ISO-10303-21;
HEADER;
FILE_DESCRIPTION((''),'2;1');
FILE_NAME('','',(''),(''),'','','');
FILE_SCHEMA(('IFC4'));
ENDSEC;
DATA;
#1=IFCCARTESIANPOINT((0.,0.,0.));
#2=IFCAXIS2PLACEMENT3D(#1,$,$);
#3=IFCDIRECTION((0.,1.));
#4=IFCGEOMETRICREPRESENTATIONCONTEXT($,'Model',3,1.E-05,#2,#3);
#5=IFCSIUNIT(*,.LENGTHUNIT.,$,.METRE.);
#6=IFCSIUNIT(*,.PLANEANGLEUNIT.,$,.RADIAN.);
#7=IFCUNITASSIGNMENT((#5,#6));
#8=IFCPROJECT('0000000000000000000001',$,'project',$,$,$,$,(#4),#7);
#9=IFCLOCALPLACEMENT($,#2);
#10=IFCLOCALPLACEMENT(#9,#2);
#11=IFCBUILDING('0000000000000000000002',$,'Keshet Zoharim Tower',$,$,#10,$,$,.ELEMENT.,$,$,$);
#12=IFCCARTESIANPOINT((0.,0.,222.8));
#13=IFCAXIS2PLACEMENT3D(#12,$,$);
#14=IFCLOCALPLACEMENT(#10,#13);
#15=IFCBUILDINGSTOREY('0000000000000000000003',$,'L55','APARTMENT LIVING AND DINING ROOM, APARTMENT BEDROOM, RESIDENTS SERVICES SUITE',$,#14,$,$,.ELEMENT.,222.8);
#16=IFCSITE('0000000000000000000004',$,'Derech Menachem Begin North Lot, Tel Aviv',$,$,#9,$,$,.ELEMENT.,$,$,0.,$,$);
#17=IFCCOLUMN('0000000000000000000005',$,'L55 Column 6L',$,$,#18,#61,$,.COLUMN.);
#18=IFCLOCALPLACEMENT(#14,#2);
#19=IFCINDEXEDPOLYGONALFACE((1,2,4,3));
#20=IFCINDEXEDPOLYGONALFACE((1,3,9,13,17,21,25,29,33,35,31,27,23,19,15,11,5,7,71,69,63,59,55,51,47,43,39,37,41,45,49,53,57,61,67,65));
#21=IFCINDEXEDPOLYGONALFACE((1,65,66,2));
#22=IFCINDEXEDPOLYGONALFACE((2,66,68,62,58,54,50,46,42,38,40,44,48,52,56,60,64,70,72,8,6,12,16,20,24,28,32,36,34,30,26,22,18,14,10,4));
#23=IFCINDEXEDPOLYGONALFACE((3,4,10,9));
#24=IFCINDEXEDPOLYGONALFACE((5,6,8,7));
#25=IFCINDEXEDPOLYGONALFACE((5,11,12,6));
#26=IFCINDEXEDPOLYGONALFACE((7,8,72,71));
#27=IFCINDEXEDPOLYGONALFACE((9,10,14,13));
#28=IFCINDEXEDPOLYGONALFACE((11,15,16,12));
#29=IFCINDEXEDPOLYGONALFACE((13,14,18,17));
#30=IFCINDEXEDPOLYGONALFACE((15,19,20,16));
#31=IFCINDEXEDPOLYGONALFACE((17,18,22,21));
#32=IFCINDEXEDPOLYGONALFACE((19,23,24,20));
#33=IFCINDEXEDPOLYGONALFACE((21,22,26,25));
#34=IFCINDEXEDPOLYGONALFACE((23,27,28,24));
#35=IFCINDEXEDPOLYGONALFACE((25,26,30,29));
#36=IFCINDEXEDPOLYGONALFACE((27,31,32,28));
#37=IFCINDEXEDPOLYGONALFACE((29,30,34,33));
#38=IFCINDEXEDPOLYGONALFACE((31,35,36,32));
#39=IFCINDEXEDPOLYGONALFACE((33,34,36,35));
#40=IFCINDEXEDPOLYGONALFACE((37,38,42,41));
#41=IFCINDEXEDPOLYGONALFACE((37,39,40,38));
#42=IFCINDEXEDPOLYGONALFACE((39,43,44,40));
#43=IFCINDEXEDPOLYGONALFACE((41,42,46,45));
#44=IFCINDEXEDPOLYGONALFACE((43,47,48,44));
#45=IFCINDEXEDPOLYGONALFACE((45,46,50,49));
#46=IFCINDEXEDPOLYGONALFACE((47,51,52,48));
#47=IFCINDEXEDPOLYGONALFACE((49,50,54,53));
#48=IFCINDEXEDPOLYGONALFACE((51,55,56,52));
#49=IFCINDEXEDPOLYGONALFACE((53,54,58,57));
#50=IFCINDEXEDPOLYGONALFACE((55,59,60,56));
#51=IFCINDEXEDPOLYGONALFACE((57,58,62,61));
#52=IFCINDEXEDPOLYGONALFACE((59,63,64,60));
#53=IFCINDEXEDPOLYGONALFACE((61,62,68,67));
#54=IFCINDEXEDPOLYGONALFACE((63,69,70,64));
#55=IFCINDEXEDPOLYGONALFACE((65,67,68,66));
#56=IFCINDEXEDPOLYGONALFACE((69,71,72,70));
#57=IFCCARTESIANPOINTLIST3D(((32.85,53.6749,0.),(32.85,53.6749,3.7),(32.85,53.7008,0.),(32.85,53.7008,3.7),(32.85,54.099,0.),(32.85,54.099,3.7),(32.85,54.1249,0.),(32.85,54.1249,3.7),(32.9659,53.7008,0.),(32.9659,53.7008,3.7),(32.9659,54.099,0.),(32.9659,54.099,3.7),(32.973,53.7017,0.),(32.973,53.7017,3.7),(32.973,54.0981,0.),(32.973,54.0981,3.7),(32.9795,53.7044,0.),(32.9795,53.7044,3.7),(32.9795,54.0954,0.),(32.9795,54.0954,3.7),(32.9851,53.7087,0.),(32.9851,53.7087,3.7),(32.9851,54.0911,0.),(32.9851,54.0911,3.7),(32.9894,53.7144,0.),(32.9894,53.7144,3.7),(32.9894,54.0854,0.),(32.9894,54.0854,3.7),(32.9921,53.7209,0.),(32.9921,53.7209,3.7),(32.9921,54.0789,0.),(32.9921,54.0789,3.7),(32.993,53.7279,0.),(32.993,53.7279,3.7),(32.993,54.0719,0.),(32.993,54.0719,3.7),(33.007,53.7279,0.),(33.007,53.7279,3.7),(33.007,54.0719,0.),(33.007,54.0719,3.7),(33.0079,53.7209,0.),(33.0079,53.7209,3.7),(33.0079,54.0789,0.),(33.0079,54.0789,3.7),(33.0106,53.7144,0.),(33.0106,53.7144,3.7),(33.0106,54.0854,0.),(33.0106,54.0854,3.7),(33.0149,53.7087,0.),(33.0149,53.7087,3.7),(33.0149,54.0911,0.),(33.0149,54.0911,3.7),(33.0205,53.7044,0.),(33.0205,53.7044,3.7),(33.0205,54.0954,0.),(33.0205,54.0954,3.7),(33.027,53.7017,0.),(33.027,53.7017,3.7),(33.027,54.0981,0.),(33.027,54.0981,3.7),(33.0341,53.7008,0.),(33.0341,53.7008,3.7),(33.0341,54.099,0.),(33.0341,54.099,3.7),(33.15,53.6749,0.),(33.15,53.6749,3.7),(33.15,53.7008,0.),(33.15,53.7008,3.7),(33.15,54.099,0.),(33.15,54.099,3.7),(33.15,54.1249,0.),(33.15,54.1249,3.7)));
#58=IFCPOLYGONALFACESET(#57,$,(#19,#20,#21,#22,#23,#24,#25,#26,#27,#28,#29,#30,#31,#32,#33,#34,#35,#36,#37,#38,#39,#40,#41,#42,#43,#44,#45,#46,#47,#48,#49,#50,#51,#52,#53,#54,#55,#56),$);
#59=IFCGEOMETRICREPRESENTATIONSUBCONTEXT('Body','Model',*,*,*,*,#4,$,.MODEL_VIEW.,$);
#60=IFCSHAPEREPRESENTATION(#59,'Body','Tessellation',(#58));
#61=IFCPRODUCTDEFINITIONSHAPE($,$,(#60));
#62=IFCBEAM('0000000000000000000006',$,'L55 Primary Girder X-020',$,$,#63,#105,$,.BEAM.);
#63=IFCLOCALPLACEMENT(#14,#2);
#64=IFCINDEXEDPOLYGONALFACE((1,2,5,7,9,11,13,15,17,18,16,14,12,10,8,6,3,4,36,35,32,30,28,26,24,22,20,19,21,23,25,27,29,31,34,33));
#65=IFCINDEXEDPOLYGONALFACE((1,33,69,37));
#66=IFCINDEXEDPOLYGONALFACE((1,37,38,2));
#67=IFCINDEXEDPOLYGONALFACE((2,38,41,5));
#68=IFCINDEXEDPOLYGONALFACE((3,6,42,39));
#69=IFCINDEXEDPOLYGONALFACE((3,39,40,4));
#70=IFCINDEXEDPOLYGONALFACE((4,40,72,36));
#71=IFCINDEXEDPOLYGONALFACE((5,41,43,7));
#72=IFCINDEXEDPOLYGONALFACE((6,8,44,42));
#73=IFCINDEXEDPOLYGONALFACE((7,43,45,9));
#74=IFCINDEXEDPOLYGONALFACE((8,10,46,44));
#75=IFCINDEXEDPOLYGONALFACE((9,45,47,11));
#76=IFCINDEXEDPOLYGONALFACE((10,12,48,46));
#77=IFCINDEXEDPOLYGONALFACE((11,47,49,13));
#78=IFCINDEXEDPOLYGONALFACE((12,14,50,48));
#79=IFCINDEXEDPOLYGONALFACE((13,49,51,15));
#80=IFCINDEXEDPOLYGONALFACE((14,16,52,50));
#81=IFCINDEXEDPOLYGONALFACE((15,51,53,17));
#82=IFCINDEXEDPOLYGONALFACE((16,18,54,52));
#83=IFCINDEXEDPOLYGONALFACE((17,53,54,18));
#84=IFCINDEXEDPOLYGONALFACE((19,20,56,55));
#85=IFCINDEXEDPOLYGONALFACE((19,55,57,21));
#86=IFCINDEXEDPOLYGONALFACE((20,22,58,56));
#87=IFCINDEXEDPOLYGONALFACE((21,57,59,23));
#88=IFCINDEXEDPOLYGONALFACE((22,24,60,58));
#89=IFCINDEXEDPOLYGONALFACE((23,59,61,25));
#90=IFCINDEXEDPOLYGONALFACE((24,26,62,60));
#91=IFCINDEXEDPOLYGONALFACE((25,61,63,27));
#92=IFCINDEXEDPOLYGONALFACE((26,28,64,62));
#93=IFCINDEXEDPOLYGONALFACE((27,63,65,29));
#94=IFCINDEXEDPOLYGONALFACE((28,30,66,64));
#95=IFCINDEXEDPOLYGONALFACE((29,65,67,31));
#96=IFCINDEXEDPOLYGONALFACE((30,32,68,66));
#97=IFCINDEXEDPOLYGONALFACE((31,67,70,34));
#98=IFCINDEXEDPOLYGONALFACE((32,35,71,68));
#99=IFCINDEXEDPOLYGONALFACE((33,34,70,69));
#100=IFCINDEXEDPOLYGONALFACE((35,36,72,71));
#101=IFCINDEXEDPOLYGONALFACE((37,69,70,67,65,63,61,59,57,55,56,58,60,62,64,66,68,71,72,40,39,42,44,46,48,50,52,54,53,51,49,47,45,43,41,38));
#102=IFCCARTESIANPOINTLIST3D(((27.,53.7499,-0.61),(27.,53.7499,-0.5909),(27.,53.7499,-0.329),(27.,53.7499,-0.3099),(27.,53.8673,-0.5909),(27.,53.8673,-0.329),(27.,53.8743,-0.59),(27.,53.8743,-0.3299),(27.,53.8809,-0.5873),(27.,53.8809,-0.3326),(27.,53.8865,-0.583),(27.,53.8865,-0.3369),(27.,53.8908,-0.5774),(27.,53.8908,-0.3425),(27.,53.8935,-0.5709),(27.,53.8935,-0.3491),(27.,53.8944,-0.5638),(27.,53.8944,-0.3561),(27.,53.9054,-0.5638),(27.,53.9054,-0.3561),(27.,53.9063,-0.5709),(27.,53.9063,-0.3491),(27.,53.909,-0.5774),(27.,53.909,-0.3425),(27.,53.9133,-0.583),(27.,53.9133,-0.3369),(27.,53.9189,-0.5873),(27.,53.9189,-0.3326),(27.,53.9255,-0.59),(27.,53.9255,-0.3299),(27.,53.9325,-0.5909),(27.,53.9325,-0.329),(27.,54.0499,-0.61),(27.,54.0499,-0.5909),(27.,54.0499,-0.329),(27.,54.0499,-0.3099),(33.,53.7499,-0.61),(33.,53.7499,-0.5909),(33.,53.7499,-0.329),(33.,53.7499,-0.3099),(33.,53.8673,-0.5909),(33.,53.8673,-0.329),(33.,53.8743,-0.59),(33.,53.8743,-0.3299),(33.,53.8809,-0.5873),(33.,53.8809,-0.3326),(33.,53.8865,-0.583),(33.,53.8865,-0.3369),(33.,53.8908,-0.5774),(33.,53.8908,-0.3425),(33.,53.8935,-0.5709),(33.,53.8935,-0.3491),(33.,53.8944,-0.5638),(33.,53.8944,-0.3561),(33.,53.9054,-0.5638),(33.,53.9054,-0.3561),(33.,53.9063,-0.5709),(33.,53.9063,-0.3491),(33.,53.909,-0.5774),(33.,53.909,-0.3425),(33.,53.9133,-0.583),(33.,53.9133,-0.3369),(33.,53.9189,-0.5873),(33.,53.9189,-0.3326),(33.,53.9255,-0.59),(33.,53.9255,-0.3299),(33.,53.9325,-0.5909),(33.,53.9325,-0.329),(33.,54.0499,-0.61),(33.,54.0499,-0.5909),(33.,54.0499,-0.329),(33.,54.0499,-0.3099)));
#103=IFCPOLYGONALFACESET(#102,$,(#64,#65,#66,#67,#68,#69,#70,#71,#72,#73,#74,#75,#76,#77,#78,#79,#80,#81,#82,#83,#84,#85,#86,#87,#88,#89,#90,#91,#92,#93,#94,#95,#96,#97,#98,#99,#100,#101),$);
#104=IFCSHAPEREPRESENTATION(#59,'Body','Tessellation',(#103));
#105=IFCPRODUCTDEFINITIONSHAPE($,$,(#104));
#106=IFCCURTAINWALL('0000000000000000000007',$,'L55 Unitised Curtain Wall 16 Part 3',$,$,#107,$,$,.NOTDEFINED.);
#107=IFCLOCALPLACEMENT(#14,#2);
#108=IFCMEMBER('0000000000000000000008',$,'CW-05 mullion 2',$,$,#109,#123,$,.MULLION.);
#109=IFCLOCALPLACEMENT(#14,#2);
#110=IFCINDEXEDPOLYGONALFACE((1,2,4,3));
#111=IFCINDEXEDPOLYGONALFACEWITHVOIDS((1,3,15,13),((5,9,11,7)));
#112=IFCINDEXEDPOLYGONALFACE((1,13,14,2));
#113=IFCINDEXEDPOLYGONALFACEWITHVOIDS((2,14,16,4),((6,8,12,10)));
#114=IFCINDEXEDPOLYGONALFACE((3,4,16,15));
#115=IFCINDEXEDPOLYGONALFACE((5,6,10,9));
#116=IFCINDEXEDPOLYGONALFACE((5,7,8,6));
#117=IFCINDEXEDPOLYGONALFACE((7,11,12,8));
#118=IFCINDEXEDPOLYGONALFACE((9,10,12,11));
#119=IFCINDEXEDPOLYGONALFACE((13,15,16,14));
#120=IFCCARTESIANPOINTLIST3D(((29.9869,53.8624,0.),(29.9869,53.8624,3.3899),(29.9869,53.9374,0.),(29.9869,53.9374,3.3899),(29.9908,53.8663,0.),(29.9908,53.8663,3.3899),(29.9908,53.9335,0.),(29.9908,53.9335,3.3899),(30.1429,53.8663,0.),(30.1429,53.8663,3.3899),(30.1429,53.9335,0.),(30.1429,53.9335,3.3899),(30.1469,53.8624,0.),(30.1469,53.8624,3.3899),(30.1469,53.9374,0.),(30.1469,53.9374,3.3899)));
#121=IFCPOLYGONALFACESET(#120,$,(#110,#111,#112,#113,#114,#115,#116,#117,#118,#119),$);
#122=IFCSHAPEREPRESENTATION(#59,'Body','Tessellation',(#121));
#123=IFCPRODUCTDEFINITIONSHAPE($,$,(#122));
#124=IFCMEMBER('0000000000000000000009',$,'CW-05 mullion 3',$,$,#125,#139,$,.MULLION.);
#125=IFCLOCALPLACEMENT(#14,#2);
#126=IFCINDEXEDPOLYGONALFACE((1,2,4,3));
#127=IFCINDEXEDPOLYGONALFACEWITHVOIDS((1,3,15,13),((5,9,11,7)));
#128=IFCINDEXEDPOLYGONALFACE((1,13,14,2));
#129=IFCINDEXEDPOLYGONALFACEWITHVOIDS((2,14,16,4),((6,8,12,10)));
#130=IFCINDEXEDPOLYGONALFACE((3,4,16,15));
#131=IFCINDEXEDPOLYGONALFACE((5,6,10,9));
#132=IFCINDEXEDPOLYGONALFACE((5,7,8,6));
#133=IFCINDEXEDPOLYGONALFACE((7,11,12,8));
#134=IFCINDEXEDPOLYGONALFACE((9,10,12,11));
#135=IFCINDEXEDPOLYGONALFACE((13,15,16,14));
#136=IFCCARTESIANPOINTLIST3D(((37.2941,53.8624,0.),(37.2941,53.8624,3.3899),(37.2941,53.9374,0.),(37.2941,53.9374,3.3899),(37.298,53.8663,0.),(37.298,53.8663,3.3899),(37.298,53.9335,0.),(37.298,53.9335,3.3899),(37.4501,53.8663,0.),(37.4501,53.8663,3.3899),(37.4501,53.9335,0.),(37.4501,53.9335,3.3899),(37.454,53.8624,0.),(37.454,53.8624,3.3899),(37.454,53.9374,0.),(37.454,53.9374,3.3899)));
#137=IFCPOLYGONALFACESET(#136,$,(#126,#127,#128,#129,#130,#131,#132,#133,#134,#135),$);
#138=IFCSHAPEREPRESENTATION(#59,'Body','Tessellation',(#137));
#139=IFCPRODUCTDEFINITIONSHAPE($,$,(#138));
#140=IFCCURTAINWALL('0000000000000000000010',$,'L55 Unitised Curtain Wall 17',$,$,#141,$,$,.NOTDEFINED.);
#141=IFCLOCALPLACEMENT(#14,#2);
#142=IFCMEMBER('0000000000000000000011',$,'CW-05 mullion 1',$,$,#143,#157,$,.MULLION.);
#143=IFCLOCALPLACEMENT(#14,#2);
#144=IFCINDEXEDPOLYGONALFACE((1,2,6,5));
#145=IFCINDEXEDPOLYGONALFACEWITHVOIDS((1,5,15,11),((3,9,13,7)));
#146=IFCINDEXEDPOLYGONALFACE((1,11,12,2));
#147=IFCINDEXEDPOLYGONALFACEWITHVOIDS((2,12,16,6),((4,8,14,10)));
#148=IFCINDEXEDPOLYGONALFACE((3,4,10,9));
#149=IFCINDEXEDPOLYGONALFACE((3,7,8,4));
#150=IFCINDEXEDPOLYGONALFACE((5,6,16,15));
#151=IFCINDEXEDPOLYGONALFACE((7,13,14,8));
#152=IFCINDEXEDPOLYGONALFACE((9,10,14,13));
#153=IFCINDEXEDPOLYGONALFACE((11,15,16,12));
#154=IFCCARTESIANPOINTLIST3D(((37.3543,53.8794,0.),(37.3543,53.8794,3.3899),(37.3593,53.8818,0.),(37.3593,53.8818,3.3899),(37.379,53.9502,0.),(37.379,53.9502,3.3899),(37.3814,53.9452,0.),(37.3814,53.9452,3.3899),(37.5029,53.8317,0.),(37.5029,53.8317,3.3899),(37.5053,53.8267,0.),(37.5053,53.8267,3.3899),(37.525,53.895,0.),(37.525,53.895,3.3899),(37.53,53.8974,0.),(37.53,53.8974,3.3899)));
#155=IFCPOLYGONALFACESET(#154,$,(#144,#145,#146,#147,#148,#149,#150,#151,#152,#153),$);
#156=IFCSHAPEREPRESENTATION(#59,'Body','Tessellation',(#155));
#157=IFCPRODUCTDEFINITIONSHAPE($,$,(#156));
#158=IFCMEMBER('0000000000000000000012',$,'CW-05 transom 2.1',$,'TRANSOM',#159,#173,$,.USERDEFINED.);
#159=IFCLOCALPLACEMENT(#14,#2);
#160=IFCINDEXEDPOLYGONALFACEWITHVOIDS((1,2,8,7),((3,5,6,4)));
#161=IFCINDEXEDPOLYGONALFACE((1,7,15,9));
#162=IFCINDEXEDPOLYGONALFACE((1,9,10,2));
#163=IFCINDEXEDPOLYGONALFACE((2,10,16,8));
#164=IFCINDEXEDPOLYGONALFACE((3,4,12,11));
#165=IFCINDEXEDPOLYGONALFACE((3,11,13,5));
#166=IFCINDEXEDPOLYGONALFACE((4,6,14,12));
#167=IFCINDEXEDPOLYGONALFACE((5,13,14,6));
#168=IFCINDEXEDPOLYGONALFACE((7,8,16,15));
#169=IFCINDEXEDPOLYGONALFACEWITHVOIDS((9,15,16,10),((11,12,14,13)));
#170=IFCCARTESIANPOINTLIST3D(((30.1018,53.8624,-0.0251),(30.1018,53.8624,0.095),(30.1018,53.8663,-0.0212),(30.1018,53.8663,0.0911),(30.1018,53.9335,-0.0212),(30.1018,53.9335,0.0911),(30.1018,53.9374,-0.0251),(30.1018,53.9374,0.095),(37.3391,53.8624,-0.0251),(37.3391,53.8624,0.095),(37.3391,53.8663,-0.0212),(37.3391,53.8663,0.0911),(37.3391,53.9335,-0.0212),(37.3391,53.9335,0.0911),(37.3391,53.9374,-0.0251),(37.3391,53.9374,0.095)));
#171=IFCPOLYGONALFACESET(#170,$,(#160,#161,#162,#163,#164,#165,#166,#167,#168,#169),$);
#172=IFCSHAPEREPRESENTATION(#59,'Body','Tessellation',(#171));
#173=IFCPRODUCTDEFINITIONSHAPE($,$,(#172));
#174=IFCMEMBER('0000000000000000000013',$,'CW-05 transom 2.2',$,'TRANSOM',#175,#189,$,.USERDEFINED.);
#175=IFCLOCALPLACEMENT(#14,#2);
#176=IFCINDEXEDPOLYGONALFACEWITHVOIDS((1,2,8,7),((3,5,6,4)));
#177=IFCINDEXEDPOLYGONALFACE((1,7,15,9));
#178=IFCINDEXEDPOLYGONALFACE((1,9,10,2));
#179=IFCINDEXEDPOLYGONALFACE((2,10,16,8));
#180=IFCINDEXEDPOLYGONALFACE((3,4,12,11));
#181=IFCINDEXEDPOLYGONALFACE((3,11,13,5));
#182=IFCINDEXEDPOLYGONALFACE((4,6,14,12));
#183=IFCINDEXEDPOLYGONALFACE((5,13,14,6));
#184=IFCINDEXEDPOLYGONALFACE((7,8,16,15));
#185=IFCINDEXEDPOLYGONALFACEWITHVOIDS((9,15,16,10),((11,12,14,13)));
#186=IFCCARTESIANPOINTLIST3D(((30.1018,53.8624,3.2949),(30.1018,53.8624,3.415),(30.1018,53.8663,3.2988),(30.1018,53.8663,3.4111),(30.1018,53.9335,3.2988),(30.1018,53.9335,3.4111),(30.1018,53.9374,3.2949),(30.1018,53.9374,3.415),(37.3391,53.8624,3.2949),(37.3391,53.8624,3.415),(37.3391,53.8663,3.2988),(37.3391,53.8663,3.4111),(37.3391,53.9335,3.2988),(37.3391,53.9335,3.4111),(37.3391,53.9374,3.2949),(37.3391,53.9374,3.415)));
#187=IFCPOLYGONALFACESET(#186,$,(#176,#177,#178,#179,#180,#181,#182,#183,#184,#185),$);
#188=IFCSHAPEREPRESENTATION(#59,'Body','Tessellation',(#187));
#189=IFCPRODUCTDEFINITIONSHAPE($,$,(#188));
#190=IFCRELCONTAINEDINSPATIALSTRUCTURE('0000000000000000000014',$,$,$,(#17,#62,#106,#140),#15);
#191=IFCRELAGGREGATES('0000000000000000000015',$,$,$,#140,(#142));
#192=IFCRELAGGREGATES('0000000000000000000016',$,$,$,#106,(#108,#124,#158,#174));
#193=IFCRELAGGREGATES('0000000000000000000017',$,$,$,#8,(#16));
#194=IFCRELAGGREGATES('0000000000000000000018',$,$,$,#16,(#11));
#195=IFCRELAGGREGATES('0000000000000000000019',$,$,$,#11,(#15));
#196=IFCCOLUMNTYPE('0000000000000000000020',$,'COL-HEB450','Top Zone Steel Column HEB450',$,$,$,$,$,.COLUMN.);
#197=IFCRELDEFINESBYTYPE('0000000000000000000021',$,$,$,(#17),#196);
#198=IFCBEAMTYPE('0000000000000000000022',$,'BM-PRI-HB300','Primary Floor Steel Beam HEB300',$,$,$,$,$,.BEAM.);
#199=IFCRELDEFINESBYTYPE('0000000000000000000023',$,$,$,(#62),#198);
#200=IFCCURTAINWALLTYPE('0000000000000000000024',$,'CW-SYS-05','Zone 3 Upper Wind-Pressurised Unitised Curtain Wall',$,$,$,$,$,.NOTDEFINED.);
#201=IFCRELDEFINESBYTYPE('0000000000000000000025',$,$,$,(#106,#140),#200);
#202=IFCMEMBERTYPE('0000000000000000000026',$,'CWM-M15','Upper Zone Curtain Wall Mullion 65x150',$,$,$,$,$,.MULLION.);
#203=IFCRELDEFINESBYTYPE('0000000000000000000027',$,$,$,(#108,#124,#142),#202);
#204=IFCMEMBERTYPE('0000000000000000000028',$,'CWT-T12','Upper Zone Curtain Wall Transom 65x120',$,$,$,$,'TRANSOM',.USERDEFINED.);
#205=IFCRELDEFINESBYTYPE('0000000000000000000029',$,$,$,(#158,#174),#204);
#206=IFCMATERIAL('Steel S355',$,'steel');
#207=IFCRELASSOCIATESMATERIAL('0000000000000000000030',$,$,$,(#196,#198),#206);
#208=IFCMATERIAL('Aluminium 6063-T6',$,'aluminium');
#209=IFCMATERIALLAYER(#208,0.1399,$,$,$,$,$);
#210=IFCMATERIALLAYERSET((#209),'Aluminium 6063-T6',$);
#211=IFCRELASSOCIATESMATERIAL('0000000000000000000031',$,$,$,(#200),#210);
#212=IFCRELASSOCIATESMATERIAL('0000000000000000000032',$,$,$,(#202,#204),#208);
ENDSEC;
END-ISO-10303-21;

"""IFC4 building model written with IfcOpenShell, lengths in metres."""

from ifc_helpers import new_model, si_unit, direction, frame, origin, origin_2d, place, context, subcontext, project, spatial, hollow_rectangle, i_section, extrude, material, layer, layer_set, material_profile, profile_set, type_object, element, aggregate, save


model = new_model("IFC4")

# Units and contexts
model_context = context("Model", 3, precision=1e-05, world=origin(), true_north=direction((0.0, 1.0)))
body_context = subcontext(model_context, "Body", "Model", "MODEL_VIEW")
ifc_project = project(units=[si_unit("LENGTHUNIT", "METRE"), si_unit("PLANEANGLEUNIT", "RADIAN")], contexts=[model_context])

# Site, building, storey
site_placement = place(None, origin())
site = spatial("IfcSite", under=ifc_project, at=site_placement, Name="Derech Menachem Begin North Lot, Tel Aviv", CompositionType="ELEMENT", RefElevation=0.0)
building_placement = place(site_placement, origin())
building = spatial("IfcBuilding", under=site, at=building_placement, Name="Keshet Zoharim Tower", CompositionType="ELEMENT")
storey_placement = place(building_placement, frame((0.0, 0.0, 222.8)))
storey = spatial("IfcBuildingStorey", under=building, at=storey_placement, Name="L55", Description="APARTMENT LIVING AND DINING ROOM, APARTMENT BEDROOM, RESIDENTS SERVICES SUITE", CompositionType="ELEMENT", Elevation=222.8)

# Column
ifc_material_1 = material(Name="Steel S355", Category="steel")
ifc_material_profile_1 = material_profile(ifc_material_1, i_section(OverallWidth=0.3, OverallDepth=0.45, WebThickness=0.0139, FlangeThickness=0.0259, FilletRadius=0.0271, at=origin_2d()), Name="HEB450")
ifc_profile_set_1 = profile_set([ifc_material_profile_1], Name="Steel S355")
column_type = type_object("IfcColumnType", Name="COL-HEB450", Description="Top Zone Steel Column HEB450", PredefinedType="COLUMN", material=ifc_profile_set_1)
column_placement = place(storey_placement, frame((33.0, 53.8999, 0.0), z_axis=(0.0, 0.0, 1.0), x_axis=(1.0, 0.0, 0.0)))
element("IfcColumn", 1, at=column_placement, inside=storey, type_object=column_type, Name="L55 Column 6L", PredefinedType="COLUMN", context=body_context, shape_type="SweptSolid", body=[
    extrude(i_section(OverallWidth=0.3, OverallDepth=0.45, WebThickness=0.0139, FlangeThickness=0.0259, FilletRadius=0.0271, at=origin_2d()), origin(), (0.0, 0.0, 1.0), 3.7),
])

# Beam
ifc_material_profile_2 = material_profile(ifc_material_1, i_section(OverallWidth=0.3, OverallDepth=0.3, WebThickness=0.011, FlangeThickness=0.019, FilletRadius=0.0271, at=origin_2d()), Name="HEB300")
ifc_profile_set_2 = profile_set([ifc_material_profile_2], Name="Steel S355")
beam_type = type_object("IfcBeamType", Name="BM-PRI-HB300", Description="Primary Floor Steel Beam HEB300", PredefinedType="BEAM", material=ifc_profile_set_2)
beam_placement = place(storey_placement, frame((27.0, 53.8999, -0.46), z_axis=(1.0, 0.0, 0.0), x_axis=(0.0, 1.0, 0.0)))
element("IfcBeam", 2, at=beam_placement, inside=storey, type_object=beam_type, Name="L55 Primary Girder X-020", PredefinedType="BEAM", context=body_context, shape_type="SweptSolid", body=[
    extrude(i_section(OverallWidth=0.3, OverallDepth=0.3, WebThickness=0.011, FlangeThickness=0.019, FilletRadius=0.0271, at=origin_2d()), origin(), (0.0, 0.0, 1.0), 6.0),
])

# Curtain wall, members
ifc_material_2 = material(Name="Aluminium 6063-T6", Category="aluminium")
ifc_layer_1 = layer(ifc_material_2, 0.1399)
ifc_layer_set_1 = layer_set([ifc_layer_1], Name="Aluminium 6063-T6")
curtain_wall_type = type_object("IfcCurtainWallType", Name="CW-SYS-05", Description="Zone 3 Upper Wind-Pressurised Unitised Curtain Wall", PredefinedType="NOTDEFINED", material=ifc_layer_set_1)
curtain_wall_1_placement = place(storey_placement, origin())
curtain_wall_1 = element("IfcCurtainWall", 3, at=curtain_wall_1_placement, inside=storey, type_object=curtain_wall_type, Name="L55 Unitised Curtain Wall 16 Part 3", PredefinedType="NOTDEFINED")
ifc_material_profile_3 = material_profile(ifc_material_2, hollow_rectangle(XDim=0.075, YDim=0.1599, WallThickness=0.0039, at=origin_2d()), Name="MUL-75x160")
ifc_profile_set_3 = profile_set([ifc_material_profile_3], Name="Aluminium 6063-T6")
member_type_1 = type_object("IfcMemberType", Name="CWM-M15", Description="Upper Zone Curtain Wall Mullion 65x150", PredefinedType="MULLION", material=ifc_profile_set_3)
member_1_placement = place(storey_placement, frame((30.0669, 53.8999, 0.0), z_axis=(0.0, 0.0, 1.0), x_axis=(0.0, 1.0, 0.0)))
member_1 = element("IfcMember", 4, at=member_1_placement, type_object=member_type_1, Name="CW-05 mullion 2", PredefinedType="MULLION", context=body_context, shape_type="SweptSolid", body=[
    extrude(hollow_rectangle(XDim=0.075, YDim=0.1599, WallThickness=0.0039, at=origin_2d()), origin(), (0.0, 0.0, 1.0), 3.3899),
])
member_2_placement = place(storey_placement, frame((37.374, 53.8999, 0.0), z_axis=(0.0, 0.0, 1.0), x_axis=(0.0, 1.0, 0.0)))
member_2 = element("IfcMember", 5, at=member_2_placement, type_object=member_type_1, Name="CW-05 mullion 3", PredefinedType="MULLION", context=body_context, shape_type="SweptSolid", body=[
    extrude(hollow_rectangle(XDim=0.075, YDim=0.1599, WallThickness=0.0039, at=origin_2d()), origin(), (0.0, 0.0, 1.0), 3.3899),
])

# Curtain wall, member
curtain_wall_2_placement = place(storey_placement, origin())
curtain_wall_2 = element("IfcCurtainWall", 6, at=curtain_wall_2_placement, inside=storey, type_object=curtain_wall_type, Name="L55 Unitised Curtain Wall 17", PredefinedType="NOTDEFINED")
member_3_placement = place(storey_placement, frame((37.4421, 53.8884, 0.0), z_axis=(0.0, 0.0, 1.0), x_axis=(0.329844, 0.944036, 0.0)))
member_3 = element("IfcMember", 7, at=member_3_placement, type_object=member_type_1, Name="CW-05 mullion 1", PredefinedType="MULLION", context=body_context, shape_type="SweptSolid", body=[
    extrude(hollow_rectangle(XDim=0.075, YDim=0.1599, WallThickness=0.0039, at=origin_2d()), origin(), (0.0, 0.0, 1.0), 3.3899),
])

# Members
ifc_material_profile_4 = material_profile(ifc_material_2, hollow_rectangle(XDim=0.075, YDim=0.1201, WallThickness=0.0039, at=origin_2d()), Name="TRN-75x120")
ifc_profile_set_4 = profile_set([ifc_material_profile_4], Name="Aluminium 6063-T6")
member_type_2 = type_object("IfcMemberType", Name="CWT-T12", Description="Upper Zone Curtain Wall Transom 65x120", ElementType="TRANSOM", PredefinedType="USERDEFINED", material=ifc_profile_set_4)
member_4_placement = place(storey_placement, frame((30.1018, 53.8999, 0.0349), z_axis=(1.0, 0.0, 0.0), x_axis=(0.0, 1.0, 0.0)))
member_4 = element("IfcMember", 8, at=member_4_placement, type_object=member_type_2, Name="CW-05 transom 2.1", ObjectType="TRANSOM", PredefinedType="USERDEFINED", context=body_context, shape_type="SweptSolid", body=[
    extrude(hollow_rectangle(XDim=0.075, YDim=0.1201, WallThickness=0.0039, at=origin_2d()), origin(), (0.0, 0.0, 1.0), 7.2373),
])
member_5_placement = place(storey_placement, frame((30.1018, 53.8999, 3.355), z_axis=(1.0, 0.0, 0.0), x_axis=(0.0, 1.0, 0.0)))
member_5 = element("IfcMember", 9, at=member_5_placement, type_object=member_type_2, Name="CW-05 transom 2.2", ObjectType="TRANSOM", PredefinedType="USERDEFINED", context=body_context, shape_type="SweptSolid", body=[
    extrude(hollow_rectangle(XDim=0.075, YDim=0.1201, WallThickness=0.0039, at=origin_2d()), origin(), (0.0, 0.0, 1.0), 7.2373),
])
aggregate(curtain_wall_2, [member_3])

aggregate(curtain_wall_1, [member_1, member_2, member_4, member_5])

save(model, "model.ifc")
